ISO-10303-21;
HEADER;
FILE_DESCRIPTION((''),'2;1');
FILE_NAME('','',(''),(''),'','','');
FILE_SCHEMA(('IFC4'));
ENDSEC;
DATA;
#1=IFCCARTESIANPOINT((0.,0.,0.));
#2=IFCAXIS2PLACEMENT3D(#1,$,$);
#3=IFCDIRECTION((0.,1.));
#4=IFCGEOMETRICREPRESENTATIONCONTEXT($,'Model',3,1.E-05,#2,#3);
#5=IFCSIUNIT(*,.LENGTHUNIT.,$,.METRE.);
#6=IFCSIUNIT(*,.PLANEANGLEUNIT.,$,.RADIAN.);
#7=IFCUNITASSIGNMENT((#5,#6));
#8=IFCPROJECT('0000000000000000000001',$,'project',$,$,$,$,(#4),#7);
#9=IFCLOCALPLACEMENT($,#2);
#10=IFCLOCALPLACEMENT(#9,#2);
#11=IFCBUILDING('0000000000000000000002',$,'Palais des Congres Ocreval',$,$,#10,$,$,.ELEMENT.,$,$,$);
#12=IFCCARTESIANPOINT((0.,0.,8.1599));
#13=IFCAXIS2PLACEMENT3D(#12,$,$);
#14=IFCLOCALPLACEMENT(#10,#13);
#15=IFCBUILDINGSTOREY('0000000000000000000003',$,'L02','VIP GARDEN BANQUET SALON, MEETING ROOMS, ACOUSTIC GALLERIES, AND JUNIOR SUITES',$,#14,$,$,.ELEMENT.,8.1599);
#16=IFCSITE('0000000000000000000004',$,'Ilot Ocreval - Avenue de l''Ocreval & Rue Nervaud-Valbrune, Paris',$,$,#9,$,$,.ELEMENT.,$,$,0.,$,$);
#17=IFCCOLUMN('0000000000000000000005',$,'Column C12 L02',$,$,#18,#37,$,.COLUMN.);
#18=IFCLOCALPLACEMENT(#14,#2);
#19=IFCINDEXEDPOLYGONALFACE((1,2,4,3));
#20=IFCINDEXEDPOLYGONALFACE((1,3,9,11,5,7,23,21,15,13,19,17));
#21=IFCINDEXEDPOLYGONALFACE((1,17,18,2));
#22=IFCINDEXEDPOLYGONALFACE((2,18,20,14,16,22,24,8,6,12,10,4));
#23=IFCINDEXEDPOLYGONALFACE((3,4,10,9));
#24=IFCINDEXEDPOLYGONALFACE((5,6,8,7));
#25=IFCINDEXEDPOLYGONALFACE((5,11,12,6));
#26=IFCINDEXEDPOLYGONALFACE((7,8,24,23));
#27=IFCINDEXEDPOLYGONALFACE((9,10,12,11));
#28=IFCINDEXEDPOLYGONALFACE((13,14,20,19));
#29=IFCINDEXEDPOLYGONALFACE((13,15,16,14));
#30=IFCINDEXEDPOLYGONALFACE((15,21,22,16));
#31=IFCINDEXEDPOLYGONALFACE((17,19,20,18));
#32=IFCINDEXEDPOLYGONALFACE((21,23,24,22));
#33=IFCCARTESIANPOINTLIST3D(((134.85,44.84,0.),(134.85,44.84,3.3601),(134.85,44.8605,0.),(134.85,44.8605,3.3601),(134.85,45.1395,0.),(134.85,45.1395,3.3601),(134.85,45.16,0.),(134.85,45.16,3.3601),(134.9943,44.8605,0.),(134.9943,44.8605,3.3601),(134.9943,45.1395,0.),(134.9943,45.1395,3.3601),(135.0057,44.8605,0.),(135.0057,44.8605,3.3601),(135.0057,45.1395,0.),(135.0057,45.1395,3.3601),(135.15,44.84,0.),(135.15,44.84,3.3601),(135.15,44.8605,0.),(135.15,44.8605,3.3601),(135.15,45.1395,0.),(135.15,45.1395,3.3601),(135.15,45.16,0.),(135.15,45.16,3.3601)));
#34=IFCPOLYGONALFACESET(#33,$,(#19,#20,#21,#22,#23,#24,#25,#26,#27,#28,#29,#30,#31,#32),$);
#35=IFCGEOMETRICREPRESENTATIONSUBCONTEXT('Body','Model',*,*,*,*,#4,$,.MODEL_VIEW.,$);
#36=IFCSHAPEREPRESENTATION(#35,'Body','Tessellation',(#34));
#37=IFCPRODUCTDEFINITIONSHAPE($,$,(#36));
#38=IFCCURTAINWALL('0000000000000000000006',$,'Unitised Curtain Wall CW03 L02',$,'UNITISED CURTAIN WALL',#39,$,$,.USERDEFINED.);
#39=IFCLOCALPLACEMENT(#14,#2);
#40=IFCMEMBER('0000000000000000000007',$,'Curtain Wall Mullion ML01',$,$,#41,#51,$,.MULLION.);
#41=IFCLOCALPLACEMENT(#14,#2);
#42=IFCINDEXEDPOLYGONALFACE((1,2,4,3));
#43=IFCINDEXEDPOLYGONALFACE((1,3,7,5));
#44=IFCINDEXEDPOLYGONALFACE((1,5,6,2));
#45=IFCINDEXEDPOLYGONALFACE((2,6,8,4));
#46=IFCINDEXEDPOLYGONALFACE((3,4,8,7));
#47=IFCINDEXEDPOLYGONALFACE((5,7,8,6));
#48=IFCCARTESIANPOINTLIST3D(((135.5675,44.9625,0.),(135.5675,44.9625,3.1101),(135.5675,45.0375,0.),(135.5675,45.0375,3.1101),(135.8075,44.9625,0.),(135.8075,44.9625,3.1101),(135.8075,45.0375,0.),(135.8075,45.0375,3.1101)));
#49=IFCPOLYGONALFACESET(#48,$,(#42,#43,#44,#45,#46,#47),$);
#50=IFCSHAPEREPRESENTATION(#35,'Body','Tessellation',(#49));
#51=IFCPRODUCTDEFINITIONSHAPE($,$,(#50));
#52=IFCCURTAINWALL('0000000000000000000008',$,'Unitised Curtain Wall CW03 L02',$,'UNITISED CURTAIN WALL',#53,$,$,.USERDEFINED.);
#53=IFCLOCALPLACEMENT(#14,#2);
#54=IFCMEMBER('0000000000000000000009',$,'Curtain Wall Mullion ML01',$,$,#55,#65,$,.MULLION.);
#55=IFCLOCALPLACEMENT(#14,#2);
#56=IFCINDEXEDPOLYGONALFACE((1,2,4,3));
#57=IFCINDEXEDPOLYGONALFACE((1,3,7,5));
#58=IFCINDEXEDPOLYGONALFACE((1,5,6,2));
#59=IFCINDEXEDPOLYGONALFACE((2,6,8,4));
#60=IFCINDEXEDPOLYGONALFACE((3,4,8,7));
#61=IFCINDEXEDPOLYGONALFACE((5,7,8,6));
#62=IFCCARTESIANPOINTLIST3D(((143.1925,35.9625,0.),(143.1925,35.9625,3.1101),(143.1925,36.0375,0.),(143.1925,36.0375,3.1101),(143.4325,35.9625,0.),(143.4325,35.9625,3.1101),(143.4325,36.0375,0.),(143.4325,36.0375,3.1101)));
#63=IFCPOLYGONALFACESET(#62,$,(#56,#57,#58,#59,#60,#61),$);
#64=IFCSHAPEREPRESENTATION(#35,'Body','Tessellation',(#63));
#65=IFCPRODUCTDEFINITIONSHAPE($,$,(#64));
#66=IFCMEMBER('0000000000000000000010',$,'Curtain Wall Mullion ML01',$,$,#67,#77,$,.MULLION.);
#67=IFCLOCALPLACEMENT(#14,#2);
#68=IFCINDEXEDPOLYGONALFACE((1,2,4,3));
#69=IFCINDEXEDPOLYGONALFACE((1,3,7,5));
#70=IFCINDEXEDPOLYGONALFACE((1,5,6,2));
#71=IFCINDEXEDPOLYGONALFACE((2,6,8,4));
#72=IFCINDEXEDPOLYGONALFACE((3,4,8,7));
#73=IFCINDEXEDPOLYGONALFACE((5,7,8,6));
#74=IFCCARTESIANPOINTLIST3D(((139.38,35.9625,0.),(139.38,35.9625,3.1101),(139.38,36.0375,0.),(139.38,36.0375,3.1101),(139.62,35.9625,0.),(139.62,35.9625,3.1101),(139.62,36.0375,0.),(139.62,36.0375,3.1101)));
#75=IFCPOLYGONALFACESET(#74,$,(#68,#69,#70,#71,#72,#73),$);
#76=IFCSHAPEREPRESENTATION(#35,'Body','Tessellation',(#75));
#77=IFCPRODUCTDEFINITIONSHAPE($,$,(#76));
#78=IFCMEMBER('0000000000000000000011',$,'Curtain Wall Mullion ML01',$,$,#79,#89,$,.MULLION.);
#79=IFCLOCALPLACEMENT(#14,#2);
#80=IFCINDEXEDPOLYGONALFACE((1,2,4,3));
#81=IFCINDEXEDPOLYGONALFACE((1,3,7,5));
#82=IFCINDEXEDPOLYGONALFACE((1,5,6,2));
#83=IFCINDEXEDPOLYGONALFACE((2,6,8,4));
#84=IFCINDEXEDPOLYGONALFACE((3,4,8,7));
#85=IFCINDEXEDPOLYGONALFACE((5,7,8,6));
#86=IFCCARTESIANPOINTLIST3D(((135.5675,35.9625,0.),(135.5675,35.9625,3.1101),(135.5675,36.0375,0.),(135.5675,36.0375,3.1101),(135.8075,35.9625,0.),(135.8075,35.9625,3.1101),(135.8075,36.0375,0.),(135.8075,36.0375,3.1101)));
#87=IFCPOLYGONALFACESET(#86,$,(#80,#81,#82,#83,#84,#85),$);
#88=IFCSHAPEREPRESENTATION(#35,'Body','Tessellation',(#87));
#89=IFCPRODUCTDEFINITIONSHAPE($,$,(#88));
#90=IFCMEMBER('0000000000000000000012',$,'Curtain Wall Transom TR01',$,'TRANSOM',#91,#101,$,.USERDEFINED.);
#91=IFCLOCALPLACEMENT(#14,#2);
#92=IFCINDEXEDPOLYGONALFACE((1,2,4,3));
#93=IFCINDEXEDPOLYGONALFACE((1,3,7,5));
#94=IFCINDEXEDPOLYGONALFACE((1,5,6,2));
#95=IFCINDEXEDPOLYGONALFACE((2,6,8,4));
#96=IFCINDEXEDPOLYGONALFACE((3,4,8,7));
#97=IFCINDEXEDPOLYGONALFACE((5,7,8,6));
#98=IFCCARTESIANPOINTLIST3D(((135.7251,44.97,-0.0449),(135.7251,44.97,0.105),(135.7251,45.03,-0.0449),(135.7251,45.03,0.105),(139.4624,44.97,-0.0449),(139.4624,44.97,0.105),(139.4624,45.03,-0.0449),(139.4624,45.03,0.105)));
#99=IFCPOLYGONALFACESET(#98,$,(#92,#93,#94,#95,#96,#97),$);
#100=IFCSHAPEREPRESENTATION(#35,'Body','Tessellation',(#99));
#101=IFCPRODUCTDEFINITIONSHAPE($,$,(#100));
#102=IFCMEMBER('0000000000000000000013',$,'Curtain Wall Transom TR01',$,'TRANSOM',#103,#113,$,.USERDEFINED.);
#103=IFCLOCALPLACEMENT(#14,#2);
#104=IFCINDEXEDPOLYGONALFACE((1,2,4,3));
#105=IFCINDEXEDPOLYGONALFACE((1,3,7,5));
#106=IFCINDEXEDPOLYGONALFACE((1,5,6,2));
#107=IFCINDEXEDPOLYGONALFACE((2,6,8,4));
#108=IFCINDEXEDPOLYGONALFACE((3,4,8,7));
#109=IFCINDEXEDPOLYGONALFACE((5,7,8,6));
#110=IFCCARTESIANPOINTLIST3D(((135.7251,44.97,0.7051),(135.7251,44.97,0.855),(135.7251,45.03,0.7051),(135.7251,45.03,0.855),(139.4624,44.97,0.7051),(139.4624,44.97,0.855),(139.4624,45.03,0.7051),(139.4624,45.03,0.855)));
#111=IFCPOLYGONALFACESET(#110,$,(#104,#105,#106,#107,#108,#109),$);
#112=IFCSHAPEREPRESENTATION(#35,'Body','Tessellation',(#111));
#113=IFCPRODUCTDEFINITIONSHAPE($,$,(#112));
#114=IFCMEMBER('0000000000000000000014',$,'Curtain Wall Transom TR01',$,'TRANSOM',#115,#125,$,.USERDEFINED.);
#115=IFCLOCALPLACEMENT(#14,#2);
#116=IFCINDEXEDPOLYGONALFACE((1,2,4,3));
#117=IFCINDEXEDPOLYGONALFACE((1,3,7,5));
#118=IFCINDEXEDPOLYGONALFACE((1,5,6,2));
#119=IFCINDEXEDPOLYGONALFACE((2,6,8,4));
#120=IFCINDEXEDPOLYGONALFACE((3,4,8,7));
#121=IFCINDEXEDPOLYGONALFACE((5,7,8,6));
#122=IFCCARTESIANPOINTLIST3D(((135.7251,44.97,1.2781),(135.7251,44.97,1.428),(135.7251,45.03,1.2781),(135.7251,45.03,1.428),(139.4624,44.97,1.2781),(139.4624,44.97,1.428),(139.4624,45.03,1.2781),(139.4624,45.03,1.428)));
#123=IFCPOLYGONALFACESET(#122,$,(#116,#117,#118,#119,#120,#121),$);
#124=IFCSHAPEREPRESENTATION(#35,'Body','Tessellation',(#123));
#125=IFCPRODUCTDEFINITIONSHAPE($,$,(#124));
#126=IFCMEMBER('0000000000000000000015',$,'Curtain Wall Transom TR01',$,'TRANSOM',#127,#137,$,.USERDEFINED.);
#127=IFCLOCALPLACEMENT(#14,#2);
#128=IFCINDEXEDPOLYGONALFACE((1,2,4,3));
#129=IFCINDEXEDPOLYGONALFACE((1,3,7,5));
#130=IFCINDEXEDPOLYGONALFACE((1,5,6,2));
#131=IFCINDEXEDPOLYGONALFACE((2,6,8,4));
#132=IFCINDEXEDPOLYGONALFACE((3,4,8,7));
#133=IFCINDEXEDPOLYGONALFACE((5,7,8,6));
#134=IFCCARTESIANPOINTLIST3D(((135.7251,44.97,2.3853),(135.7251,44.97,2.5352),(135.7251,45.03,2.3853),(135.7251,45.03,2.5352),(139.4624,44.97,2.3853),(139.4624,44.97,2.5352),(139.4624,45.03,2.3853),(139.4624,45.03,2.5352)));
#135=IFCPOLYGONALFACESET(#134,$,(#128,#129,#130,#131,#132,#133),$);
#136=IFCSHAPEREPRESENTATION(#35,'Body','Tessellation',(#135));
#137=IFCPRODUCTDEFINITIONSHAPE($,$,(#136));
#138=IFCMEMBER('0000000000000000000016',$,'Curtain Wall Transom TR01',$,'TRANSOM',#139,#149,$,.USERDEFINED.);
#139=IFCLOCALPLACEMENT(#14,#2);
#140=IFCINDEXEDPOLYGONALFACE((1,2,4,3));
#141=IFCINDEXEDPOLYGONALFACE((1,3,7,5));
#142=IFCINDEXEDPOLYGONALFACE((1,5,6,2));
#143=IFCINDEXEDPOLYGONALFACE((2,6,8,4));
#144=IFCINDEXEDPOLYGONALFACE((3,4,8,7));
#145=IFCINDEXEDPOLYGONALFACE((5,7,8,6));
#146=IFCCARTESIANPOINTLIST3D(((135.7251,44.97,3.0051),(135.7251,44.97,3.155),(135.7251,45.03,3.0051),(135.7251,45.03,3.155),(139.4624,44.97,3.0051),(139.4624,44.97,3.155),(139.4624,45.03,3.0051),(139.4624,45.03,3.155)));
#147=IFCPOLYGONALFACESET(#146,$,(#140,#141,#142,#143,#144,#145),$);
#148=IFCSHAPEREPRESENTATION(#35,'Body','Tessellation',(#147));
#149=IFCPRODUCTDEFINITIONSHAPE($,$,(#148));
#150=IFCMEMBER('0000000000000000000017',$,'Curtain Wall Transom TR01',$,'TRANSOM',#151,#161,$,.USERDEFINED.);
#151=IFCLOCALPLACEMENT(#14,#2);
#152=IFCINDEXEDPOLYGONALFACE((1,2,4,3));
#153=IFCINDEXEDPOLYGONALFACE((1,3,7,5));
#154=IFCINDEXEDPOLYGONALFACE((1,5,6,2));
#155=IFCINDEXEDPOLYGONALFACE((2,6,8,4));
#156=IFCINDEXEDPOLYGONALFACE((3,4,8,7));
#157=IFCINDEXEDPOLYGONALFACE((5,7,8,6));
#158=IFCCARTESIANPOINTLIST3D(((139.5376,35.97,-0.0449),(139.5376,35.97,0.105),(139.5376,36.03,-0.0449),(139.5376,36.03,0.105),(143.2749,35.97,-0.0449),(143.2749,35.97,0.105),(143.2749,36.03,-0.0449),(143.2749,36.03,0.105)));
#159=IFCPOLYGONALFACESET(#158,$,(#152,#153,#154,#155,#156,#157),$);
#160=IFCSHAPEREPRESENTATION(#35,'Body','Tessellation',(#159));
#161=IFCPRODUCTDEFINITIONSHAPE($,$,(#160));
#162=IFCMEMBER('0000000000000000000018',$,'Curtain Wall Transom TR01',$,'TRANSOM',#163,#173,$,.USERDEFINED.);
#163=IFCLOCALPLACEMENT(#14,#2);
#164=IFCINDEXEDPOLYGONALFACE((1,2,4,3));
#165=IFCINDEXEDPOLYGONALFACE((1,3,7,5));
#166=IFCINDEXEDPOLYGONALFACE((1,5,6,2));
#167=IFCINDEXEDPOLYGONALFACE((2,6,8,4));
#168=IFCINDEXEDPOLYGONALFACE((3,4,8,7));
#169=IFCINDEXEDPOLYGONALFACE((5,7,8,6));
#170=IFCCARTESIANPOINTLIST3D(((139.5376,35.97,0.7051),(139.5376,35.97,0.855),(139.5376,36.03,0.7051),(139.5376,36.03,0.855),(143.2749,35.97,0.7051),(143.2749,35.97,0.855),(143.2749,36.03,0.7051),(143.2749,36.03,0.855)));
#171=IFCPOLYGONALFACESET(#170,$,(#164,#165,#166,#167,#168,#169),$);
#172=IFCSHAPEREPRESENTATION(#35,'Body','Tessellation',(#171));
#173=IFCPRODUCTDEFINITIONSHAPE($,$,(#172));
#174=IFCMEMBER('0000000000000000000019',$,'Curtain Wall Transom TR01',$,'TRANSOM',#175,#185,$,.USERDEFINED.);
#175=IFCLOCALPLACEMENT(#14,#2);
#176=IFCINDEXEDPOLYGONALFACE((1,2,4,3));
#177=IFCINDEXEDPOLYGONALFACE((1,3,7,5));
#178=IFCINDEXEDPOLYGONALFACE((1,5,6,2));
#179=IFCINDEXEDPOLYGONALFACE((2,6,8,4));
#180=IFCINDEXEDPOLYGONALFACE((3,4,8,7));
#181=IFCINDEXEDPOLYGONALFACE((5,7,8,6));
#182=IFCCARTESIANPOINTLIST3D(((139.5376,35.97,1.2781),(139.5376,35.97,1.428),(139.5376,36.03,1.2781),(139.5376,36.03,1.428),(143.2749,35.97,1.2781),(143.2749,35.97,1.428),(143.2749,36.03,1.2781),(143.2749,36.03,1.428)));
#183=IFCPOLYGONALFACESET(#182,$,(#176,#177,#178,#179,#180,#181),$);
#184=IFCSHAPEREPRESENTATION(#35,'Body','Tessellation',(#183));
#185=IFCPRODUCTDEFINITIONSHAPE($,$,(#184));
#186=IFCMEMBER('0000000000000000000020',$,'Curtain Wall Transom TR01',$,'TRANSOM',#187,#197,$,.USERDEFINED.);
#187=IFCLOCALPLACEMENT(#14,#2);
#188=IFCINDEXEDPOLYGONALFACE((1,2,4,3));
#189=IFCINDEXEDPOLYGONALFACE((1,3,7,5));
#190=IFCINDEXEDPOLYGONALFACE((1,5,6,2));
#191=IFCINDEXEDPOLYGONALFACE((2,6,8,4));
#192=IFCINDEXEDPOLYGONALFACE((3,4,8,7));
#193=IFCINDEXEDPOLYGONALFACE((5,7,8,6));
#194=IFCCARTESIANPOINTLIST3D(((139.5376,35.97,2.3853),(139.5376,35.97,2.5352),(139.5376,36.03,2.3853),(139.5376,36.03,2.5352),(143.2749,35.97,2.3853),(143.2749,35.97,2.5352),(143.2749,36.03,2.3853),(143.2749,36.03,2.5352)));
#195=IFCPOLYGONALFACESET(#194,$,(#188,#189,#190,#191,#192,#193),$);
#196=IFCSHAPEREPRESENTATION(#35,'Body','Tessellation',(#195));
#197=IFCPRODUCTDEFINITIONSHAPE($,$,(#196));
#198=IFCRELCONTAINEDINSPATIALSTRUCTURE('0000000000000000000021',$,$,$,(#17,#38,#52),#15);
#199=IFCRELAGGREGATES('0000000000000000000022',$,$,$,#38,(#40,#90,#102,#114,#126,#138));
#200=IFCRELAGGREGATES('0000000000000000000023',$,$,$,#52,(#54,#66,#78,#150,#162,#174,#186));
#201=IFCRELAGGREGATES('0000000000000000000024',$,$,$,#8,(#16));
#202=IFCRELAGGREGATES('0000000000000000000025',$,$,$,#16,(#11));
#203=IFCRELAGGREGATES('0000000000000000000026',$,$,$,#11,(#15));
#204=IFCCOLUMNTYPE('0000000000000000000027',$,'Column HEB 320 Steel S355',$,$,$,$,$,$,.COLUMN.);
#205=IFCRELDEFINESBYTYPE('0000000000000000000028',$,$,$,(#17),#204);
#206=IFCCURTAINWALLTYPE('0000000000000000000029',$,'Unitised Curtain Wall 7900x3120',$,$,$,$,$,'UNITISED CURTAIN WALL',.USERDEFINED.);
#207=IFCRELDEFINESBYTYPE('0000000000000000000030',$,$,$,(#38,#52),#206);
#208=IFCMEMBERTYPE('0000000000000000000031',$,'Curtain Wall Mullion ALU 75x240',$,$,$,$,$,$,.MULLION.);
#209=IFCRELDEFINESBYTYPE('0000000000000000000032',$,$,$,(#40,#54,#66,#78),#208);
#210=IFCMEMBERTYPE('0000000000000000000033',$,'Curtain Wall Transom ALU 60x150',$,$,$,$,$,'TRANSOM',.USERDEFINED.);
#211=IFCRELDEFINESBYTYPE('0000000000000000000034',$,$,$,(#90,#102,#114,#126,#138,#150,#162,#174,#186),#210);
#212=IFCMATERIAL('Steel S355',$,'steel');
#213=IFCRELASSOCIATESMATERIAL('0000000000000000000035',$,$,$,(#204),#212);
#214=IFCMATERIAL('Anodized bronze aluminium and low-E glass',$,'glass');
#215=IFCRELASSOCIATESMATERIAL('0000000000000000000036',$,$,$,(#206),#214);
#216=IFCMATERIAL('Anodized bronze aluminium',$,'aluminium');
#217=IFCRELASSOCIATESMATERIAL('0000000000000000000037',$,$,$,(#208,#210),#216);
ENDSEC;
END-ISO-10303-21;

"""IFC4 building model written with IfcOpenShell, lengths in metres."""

from ifc_helpers import new_model, si_unit, direction, frame, origin, origin_2d, place, context, subcontext, project, spatial, rectangle, i_section, extrude, material, material_profile, profile_set, type_object, element, aggregate, save


model = new_model("IFC4")

# Units and contexts
model_context = context("Model", 3, precision=1e-05, world=origin(), true_north=direction((0.0, 1.0)))
body_context = subcontext(model_context, "Body", "Model", "MODEL_VIEW")
ifc_project = project(units=[si_unit("LENGTHUNIT", "METRE"), si_unit("PLANEANGLEUNIT", "RADIAN")], contexts=[model_context])

# Site, building, storey
site_placement = place(None, origin())
site = spatial("IfcSite", under=ifc_project, at=site_placement, Name="Ilot Ocreval - Avenue de l'Ocreval & Rue Nervaud-Valbrune, Paris", CompositionType="ELEMENT", RefElevation=0.0)
building_placement = place(site_placement, origin())
building = spatial("IfcBuilding", under=site, at=building_placement, Name="Palais des Congres Ocreval", CompositionType="ELEMENT")
storey_placement = place(building_placement, frame((0.0, 0.0, 8.1599)))
storey = spatial("IfcBuildingStorey", under=building, at=storey_placement, Name="L02", Description="VIP GARDEN BANQUET SALON, MEETING ROOMS, ACOUSTIC GALLERIES, AND JUNIOR SUITES", CompositionType="ELEMENT", Elevation=8.1599)

# Column
ifc_material_1 = material(Name="Steel S355", Category="steel")
ifc_material_profile_1 = material_profile(ifc_material_1, i_section(OverallWidth=0.3, OverallDepth=0.3201, WebThickness=0.0115, FlangeThickness=0.0205, at=origin_2d()), Name="HEB 320")
ifc_profile_set_1 = profile_set([ifc_material_profile_1], Name="Steel S355")
column_type = type_object("IfcColumnType", Name="Column HEB 320 Steel S355", PredefinedType="COLUMN", material=ifc_profile_set_1)
column_placement = place(storey_placement, frame((135.0, 45.0, 0.0), z_axis=(0.0, 0.0, 1.0), x_axis=(1.0, 0.0, 0.0)))
element("IfcColumn", 1, at=column_placement, inside=storey, type_object=column_type, Name="Column C12 L02", PredefinedType="COLUMN", context=body_context, shape_type="SweptSolid", body=[
    extrude(i_section(OverallWidth=0.3, OverallDepth=0.3201, WebThickness=0.0115, FlangeThickness=0.0205, at=origin_2d()), origin(), (0.0, 0.0, 1.0), 3.3601),
])

# Curtain wall, member
ifc_material_2 = material(Name="Anodized bronze aluminium and low-E glass", Category="glass")
curtain_wall_type = type_object("IfcCurtainWallType", Name="Unitised Curtain Wall 7900x3120", ElementType="UNITISED CURTAIN WALL", PredefinedType="USERDEFINED", material=ifc_material_2)
curtain_wall_1_placement = place(storey_placement, origin())
curtain_wall_1 = element("IfcCurtainWall", 2, at=curtain_wall_1_placement, inside=storey, type_object=curtain_wall_type, Name="Unitised Curtain Wall CW03 L02", ObjectType="UNITISED CURTAIN WALL", PredefinedType="USERDEFINED")
ifc_material_3 = material(Name="Anodized bronze aluminium", Category="aluminium")
ifc_material_profile_2 = material_profile(ifc_material_3, rectangle(XDim=0.075, YDim=0.24, at=origin_2d()), Name="ALU 75x240")
ifc_profile_set_2 = profile_set([ifc_material_profile_2], Name="Anodized bronze aluminium")
member_type_1 = type_object("IfcMemberType", Name="Curtain Wall Mullion ALU 75x240", PredefinedType="MULLION", material=ifc_profile_set_2)
member_1_placement = place(storey_placement, frame((135.6875, 45.0, 0.0), z_axis=(0.0, 0.0, 1.0), x_axis=(0.0, 1.0, 0.0)))
member_1 = element("IfcMember", 3, at=member_1_placement, type_object=member_type_1, Name="Curtain Wall Mullion ML01", PredefinedType="MULLION", context=body_context, shape_type="SweptSolid", body=[
    extrude(rectangle(XDim=0.075, YDim=0.24, at=origin_2d()), origin(), (0.0, 0.0, 1.0), 3.1101),
])

# Curtain wall, members
curtain_wall_2_placement = place(storey_placement, origin())
curtain_wall_2 = element("IfcCurtainWall", 4, at=curtain_wall_2_placement, inside=storey, type_object=curtain_wall_type, Name="Unitised Curtain Wall CW03 L02", ObjectType="UNITISED CURTAIN WALL", PredefinedType="USERDEFINED")
member_2_placement = place(storey_placement, frame((143.3125, 36.0, 0.0), z_axis=(0.0, 0.0, 1.0), x_axis=(0.0, -1.0, 0.0)))
member_2 = element("IfcMember", 5, at=member_2_placement, type_object=member_type_1, Name="Curtain Wall Mullion ML01", PredefinedType="MULLION", context=body_context, shape_type="SweptSolid", body=[
    extrude(rectangle(XDim=0.075, YDim=0.24, at=origin_2d()), origin(), (0.0, 0.0, 1.0), 3.1101),
])
member_3_placement = place(storey_placement, frame((139.5, 36.0, 0.0), z_axis=(0.0, 0.0, 1.0), x_axis=(0.0, -1.0, 0.0)))
member_3 = element("IfcMember", 6, at=member_3_placement, type_object=member_type_1, Name="Curtain Wall Mullion ML01", PredefinedType="MULLION", context=body_context, shape_type="SweptSolid", body=[
    extrude(rectangle(XDim=0.075, YDim=0.24, at=origin_2d()), origin(), (0.0, 0.0, 1.0), 3.1101),
])
member_4_placement = place(storey_placement, frame((135.6875, 36.0, 0.0), z_axis=(0.0, 0.0, 1.0), x_axis=(0.0, -1.0, 0.0)))
member_4 = element("IfcMember", 7, at=member_4_placement, type_object=member_type_1, Name="Curtain Wall Mullion ML01", PredefinedType="MULLION", context=body_context, shape_type="SweptSolid", body=[
    extrude(rectangle(XDim=0.075, YDim=0.24, at=origin_2d()), origin(), (0.0, 0.0, 1.0), 3.1101),
])

# Members
ifc_material_profile_3 = material_profile(ifc_material_3, rectangle(XDim=0.0601, YDim=0.1499, at=origin_2d()), Name="ALU 60x150")
ifc_profile_set_3 = profile_set([ifc_material_profile_3], Name="Anodized bronze aluminium")
member_type_2 = type_object("IfcMemberType", Name="Curtain Wall Transom ALU 60x150", ElementType="TRANSOM", PredefinedType="USERDEFINED", material=ifc_profile_set_3)
member_5_placement = place(storey_placement, frame((135.7251, 45.0, 0.03), z_axis=(1.0, 0.0, 0.0), x_axis=(0.0, 1.0, 0.0)))
member_5 = element("IfcMember", 8, at=member_5_placement, type_object=member_type_2, Name="Curtain Wall Transom TR01", ObjectType="TRANSOM", PredefinedType="USERDEFINED", context=body_context, shape_type="SweptSolid", body=[
    extrude(rectangle(XDim=0.0601, YDim=0.1499, at=origin_2d()), origin(), (0.0, 0.0, 1.0), 3.7373),
])
member_6_placement = place(storey_placement, frame((135.7251, 45.0, 0.78), z_axis=(1.0, 0.0, 0.0), x_axis=(0.0, 1.0, 0.0)))
member_6 = element("IfcMember", 9, at=member_6_placement, type_object=member_type_2, Name="Curtain Wall Transom TR01", ObjectType="TRANSOM", PredefinedType="USERDEFINED", context=body_context, shape_type="SweptSolid", body=[
    extrude(rectangle(XDim=0.0601, YDim=0.1499, at=origin_2d()), origin(), (0.0, 0.0, 1.0), 3.7373),
])
member_7_placement = place(storey_placement, frame((135.7251, 45.0, 1.353), z_axis=(1.0, 0.0, 0.0), x_axis=(0.0, 1.0, 0.0)))
member_7 = element("IfcMember", 10, at=member_7_placement, type_object=member_type_2, Name="Curtain Wall Transom TR01", ObjectType="TRANSOM", PredefinedType="USERDEFINED", context=body_context, shape_type="SweptSolid", body=[
    extrude(rectangle(XDim=0.0601, YDim=0.1499, at=origin_2d()), origin(), (0.0, 0.0, 1.0), 3.7373),
])
member_8_placement = place(storey_placement, frame((135.7251, 45.0, 2.4602), z_axis=(1.0, 0.0, 0.0), x_axis=(0.0, 1.0, 0.0)))
member_8 = element("IfcMember", 11, at=member_8_placement, type_object=member_type_2, Name="Curtain Wall Transom TR01", ObjectType="TRANSOM", PredefinedType="USERDEFINED", context=body_context, shape_type="SweptSolid", body=[
    extrude(rectangle(XDim=0.0601, YDim=0.1499, at=origin_2d()), origin(), (0.0, 0.0, 1.0), 3.7373),
])
member_9_placement = place(storey_placement, frame((135.7251, 45.0, 3.0801), z_axis=(1.0, 0.0, 0.0), x_axis=(0.0, 1.0, 0.0)))
member_9 = element("IfcMember", 12, at=member_9_placement, type_object=member_type_2, Name="Curtain Wall Transom TR01", ObjectType="TRANSOM", PredefinedType="USERDEFINED", context=body_context, shape_type="SweptSolid", body=[
    extrude(rectangle(XDim=0.0601, YDim=0.1499, at=origin_2d()), origin(), (0.0, 0.0, 1.0), 3.7373),
])
member_10_placement = place(storey_placement, frame((143.2749, 36.0, 0.03), z_axis=(-1.0, 0.0, 0.0), x_axis=(0.0, -1.0, 0.0)))
member_10 = element("IfcMember", 13, at=member_10_placement, type_object=member_type_2, Name="Curtain Wall Transom TR01", ObjectType="TRANSOM", PredefinedType="USERDEFINED", context=body_context, shape_type="SweptSolid", body=[
    extrude(rectangle(XDim=0.0601, YDim=0.1499, at=origin_2d()), origin(), (0.0, 0.0, 1.0), 3.7373),
])
member_11_placement = place(storey_placement, frame((143.2749, 36.0, 0.78), z_axis=(-1.0, 0.0, 0.0), x_axis=(0.0, -1.0, 0.0)))
member_11 = element("IfcMember", 14, at=member_11_placement, type_object=member_type_2, Name="Curtain Wall Transom TR01", ObjectType="TRANSOM", PredefinedType="USERDEFINED", context=body_context, shape_type="SweptSolid", body=[
    extrude(rectangle(XDim=0.0601, YDim=0.1499, at=origin_2d()), origin(), (0.0, 0.0, 1.0), 3.7373),
])
member_12_placement = place(storey_placement, frame((143.2749, 36.0, 1.353), z_axis=(-1.0, 0.0, 0.0), x_axis=(0.0, -1.0, 0.0)))
member_12 = element("IfcMember", 15, at=member_12_placement, type_object=member_type_2, Name="Curtain Wall Transom TR01", ObjectType="TRANSOM", PredefinedType="USERDEFINED", context=body_context, shape_type="SweptSolid", body=[
    extrude(rectangle(XDim=0.0601, YDim=0.1499, at=origin_2d()), origin(), (0.0, 0.0, 1.0), 3.7373),
])
member_13_placement = place(storey_placement, frame((143.2749, 36.0, 2.4602), z_axis=(-1.0, 0.0, 0.0), x_axis=(0.0, -1.0, 0.0)))
member_13 = element("IfcMember", 16, at=member_13_placement, type_object=member_type_2, Name="Curtain Wall Transom TR01", ObjectType="TRANSOM", PredefinedType="USERDEFINED", context=body_context, shape_type="SweptSolid", body=[
    extrude(rectangle(XDim=0.0601, YDim=0.1499, at=origin_2d()), origin(), (0.0, 0.0, 1.0), 3.7373),
])

aggregate(curtain_wall_1, [member_1, member_5, member_6, member_7, member_8, member_9])
aggregate(curtain_wall_2, [member_2, member_3, member_4, member_10, member_11, member_12, member_13])

save(model, "model.ifc")
